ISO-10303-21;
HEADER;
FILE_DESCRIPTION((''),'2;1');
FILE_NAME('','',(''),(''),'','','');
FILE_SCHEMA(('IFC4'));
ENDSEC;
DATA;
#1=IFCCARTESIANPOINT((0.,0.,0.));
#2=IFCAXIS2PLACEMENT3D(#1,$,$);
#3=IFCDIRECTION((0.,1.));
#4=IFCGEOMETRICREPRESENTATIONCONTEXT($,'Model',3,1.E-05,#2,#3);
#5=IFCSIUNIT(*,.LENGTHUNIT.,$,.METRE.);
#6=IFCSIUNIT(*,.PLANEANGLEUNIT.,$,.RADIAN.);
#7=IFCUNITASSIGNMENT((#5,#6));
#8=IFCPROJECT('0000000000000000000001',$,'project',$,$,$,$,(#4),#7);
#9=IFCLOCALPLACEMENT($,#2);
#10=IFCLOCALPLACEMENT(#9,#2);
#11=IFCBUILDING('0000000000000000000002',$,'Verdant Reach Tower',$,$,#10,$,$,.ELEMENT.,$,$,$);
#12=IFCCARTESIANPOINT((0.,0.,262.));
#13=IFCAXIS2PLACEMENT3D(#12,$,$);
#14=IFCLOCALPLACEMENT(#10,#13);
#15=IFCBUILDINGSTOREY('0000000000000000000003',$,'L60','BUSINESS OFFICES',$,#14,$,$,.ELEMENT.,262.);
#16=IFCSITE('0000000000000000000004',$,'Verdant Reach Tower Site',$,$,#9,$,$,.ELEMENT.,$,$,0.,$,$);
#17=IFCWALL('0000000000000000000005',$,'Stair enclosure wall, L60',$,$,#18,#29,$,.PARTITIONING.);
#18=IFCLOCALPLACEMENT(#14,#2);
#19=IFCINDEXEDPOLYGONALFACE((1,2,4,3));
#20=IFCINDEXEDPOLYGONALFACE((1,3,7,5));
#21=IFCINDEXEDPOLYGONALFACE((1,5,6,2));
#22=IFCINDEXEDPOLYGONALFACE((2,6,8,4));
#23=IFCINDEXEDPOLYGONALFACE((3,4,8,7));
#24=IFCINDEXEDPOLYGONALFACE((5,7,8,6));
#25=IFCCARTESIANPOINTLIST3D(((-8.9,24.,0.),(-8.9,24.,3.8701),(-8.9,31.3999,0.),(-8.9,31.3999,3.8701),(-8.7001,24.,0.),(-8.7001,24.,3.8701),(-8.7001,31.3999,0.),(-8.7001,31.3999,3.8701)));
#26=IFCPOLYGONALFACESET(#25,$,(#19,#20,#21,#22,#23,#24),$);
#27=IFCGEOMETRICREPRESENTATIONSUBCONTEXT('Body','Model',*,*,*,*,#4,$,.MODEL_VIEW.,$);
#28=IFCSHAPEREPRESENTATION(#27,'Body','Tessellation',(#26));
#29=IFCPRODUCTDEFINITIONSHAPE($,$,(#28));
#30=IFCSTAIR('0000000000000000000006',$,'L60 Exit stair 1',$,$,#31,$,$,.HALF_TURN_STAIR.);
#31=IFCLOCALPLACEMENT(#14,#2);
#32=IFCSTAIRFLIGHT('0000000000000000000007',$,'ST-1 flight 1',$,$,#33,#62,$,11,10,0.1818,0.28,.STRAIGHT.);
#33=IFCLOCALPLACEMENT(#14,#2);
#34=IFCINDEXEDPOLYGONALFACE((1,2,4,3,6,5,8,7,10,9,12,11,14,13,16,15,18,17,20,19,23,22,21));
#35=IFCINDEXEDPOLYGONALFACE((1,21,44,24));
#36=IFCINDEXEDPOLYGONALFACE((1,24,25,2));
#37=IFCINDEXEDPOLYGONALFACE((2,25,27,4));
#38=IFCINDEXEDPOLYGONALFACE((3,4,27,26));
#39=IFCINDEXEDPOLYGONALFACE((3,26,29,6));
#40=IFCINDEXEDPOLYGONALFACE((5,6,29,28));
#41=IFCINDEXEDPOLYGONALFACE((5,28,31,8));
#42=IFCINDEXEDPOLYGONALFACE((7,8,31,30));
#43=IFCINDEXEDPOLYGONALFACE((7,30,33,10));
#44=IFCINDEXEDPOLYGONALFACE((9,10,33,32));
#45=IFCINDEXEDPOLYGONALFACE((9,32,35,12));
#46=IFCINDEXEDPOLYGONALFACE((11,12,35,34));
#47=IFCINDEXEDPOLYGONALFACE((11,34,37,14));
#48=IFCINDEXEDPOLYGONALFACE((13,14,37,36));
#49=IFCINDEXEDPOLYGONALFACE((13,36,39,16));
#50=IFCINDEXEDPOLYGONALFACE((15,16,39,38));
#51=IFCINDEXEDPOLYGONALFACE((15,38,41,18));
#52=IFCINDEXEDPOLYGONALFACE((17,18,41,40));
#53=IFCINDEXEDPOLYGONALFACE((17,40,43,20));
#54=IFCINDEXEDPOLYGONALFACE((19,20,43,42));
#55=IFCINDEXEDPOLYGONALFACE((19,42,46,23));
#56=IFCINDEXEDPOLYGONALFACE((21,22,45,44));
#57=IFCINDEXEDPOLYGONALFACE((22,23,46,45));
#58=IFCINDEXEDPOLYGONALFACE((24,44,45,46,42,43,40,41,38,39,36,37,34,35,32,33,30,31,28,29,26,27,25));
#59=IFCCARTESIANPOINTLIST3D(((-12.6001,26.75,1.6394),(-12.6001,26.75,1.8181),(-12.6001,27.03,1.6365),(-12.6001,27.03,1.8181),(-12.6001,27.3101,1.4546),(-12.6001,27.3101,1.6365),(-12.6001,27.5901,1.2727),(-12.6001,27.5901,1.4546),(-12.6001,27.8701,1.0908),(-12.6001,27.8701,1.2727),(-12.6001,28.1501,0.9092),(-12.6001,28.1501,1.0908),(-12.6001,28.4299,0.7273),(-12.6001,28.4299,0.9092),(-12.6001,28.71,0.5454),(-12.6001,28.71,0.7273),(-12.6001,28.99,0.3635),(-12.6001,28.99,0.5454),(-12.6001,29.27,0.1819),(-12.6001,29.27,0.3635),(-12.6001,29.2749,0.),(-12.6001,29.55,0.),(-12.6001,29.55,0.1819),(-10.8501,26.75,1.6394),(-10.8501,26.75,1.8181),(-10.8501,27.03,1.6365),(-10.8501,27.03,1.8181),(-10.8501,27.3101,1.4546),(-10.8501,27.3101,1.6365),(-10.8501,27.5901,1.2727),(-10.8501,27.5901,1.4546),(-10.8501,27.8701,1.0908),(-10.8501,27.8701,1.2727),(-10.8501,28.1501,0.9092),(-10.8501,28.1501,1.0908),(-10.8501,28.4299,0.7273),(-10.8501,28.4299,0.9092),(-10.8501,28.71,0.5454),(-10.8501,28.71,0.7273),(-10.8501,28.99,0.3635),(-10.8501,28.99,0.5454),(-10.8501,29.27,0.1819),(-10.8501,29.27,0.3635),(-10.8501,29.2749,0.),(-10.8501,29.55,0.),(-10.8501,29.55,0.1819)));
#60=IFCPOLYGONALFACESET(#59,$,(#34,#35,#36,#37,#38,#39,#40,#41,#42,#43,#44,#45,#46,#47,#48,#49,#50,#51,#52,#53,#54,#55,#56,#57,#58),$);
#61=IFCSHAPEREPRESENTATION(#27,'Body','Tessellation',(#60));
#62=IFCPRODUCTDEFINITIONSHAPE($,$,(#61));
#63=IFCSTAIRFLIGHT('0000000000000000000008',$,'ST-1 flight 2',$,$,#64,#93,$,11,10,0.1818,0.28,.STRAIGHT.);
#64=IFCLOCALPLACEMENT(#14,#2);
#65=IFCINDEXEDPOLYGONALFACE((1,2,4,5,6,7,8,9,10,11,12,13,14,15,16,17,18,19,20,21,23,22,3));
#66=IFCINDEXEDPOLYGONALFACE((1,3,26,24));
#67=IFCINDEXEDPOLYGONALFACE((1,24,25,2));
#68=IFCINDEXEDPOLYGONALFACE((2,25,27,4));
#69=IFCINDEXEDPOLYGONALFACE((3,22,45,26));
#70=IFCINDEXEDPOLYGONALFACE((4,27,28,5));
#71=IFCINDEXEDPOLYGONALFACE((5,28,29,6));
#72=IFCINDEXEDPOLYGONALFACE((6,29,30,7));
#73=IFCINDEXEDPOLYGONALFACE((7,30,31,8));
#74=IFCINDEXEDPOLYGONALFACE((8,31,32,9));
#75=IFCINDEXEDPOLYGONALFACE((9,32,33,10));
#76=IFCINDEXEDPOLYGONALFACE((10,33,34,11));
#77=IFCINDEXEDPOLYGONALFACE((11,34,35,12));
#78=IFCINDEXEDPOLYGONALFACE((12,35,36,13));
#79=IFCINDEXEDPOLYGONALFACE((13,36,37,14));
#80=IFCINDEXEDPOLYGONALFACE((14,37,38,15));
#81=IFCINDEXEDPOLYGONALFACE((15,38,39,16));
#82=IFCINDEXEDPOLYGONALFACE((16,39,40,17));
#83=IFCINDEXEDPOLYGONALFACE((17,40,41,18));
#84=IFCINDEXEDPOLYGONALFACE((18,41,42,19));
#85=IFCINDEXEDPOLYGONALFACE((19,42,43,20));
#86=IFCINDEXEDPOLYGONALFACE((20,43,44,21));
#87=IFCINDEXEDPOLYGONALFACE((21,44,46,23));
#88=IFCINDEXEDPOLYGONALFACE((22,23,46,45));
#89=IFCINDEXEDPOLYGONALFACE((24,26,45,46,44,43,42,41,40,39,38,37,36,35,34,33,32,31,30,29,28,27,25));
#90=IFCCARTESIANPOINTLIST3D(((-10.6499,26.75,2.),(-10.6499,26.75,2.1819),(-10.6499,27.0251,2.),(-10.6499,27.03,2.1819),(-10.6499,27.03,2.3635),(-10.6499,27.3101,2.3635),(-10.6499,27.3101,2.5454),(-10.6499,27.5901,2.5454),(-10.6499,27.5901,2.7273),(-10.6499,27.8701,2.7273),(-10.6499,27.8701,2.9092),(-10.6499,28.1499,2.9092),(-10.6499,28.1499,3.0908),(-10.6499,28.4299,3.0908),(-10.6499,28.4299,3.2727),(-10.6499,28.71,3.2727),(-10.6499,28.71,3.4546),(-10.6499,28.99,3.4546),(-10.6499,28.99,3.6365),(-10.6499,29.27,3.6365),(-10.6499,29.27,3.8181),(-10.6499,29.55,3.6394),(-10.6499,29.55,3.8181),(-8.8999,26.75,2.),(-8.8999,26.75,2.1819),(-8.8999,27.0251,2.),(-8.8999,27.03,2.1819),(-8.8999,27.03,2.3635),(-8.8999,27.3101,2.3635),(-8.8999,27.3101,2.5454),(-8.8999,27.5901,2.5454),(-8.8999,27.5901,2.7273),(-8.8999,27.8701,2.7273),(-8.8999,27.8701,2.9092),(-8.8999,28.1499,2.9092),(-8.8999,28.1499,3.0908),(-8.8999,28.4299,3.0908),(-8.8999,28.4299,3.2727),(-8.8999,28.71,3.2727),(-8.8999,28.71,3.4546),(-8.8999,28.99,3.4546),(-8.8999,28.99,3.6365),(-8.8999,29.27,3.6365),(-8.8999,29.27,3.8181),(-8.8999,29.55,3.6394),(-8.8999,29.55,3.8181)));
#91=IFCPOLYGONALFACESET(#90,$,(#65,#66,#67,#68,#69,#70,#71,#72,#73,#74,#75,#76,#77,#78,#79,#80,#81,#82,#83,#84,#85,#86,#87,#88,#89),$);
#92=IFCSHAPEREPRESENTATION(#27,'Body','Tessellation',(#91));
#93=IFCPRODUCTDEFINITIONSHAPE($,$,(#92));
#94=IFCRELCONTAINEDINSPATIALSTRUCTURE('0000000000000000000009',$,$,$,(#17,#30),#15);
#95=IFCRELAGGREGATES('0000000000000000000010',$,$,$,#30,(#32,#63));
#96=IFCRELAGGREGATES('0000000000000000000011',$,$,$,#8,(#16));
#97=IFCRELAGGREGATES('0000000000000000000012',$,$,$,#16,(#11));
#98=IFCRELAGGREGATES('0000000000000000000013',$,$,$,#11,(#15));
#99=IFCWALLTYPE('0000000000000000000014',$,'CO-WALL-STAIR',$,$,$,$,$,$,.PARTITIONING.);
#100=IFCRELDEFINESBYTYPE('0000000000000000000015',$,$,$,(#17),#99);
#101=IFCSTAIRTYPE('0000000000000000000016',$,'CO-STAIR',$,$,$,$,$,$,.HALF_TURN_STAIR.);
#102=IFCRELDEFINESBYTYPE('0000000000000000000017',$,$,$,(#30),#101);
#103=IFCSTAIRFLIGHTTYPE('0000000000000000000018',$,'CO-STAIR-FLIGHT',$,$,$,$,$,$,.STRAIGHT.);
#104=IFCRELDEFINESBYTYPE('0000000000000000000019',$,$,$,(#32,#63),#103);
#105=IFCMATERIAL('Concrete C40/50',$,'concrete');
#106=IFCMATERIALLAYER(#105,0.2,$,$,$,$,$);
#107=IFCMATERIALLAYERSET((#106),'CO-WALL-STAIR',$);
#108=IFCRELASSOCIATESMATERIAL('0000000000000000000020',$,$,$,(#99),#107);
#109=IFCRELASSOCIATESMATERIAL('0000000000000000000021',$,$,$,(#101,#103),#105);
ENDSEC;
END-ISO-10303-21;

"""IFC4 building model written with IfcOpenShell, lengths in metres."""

from ifc_helpers import new_model, si_unit, direction, frame, frame_2d, origin, place, context, subcontext, project, spatial, polyline, rectangle, outline, extrude, material, layer, layer_set, type_object, element, aggregate, save


model = new_model("IFC4")

# Units and contexts
model_context = context("Model", 3, precision=1e-05, world=origin(), true_north=direction((0.0, 1.0)))
body_context = subcontext(model_context, "Body", "Model", "MODEL_VIEW")
ifc_project = project(units=[si_unit("LENGTHUNIT", "METRE"), si_unit("PLANEANGLEUNIT", "RADIAN")], contexts=[model_context])

# Site, building, storey
site_placement = place(None, origin())
site = spatial("IfcSite", under=ifc_project, at=site_placement, Name="Verdant Reach Tower Site", CompositionType="ELEMENT", RefElevation=0.0)
building_placement = place(site_placement, origin())
building = spatial("IfcBuilding", under=site, at=building_placement, Name="Verdant Reach Tower", CompositionType="ELEMENT")
storey_placement = place(building_placement, frame((0.0, 0.0, 262.0)))
storey = spatial("IfcBuildingStorey", under=building, at=storey_placement, Name="L60", Description="BUSINESS OFFICES", CompositionType="ELEMENT", Elevation=262.0)

# Shared definitions
ifc_material_1 = material(Name="Concrete C40/50", Category="concrete")

# Shared definitions
ifc_layer_1 = layer(ifc_material_1, 0.2)
ifc_layer_set_1 = layer_set([ifc_layer_1], Name="CO-WALL-STAIR")
wall_type_1 = type_object("IfcWallType", Name="CO-WALL-STAIR", PredefinedType="PARTITIONING", material=ifc_layer_set_1)

# Wall
wall_1_placement = place(storey_placement, frame((-8.8, 24.0, 0.0), z_axis=(0.0, 0.0, 1.0), x_axis=(0.0, 1.0, 0.0)))
element("IfcWall", 1, at=wall_1_placement, inside=storey, type_object=wall_type_1, Name="Stair enclosure wall, L60", PredefinedType="PARTITIONING", context=body_context, shape_type="SweptSolid", body=[
    extrude(rectangle(XDim=7.3999, YDim=0.2, at=frame_2d((3.7, 0.0))), origin(), (0.0, 0.0, 1.0), 3.8701),
])

# Stair, stair flights
stair_type = type_object("IfcStairType", Name="CO-STAIR", PredefinedType="HALF_TURN_STAIR", material=ifc_material_1)
stair_placement = place(storey_placement, origin())
stair = element("IfcStair", 2, at=stair_placement, inside=storey, type_object=stair_type, Name="L60 Exit stair 1", PredefinedType="HALF_TURN_STAIR")
stair_flight_type = type_object("IfcStairFlightType", Name="CO-STAIR-FLIGHT", PredefinedType="STRAIGHT", material=ifc_material_1)
stair_flight_1_placement = place(storey_placement, frame((-11.7251, 29.55, 0.0), z_axis=(0.0, 0.0, 1.0), x_axis=(0.0, -1.0, 0.0)))
stair_flight_1 = element("IfcStairFlight", 3, at=stair_flight_1_placement, type_object=stair_flight_type, Name="ST-1 flight 1", NumberOfRisers=11, NumberOfTreads=10, PredefinedType="STRAIGHT", RiserHeight=0.1818, TreadLength=0.28, context=body_context, shape_type="SweptSolid", body=[
    extrude(outline(polyline([(0.0, 0.0), (0.0, 0.1819), (0.28, 0.1819), (0.28, 0.3635), (0.5601, 0.3635), (0.5601, 0.5454), (0.8401, 0.5454), (0.8401, 0.7273), (1.1201, 0.7273), (1.1201, 0.9092), (1.3999, 0.9092), (1.3999, 1.0908), (1.6799, 1.0908), (1.6799, 1.2727), (1.96, 1.2727), (1.96, 1.4546), (2.24, 1.4546), (2.24, 1.6365), (2.52, 1.6365), (2.52, 1.8181), (2.8, 1.8181), (2.8, 2.0), (2.8, 1.6394), (0.2751, 0.0), (0.0, 0.0)])), frame((0.0, 0.875, 0.0), z_axis=(0.0, -1.0, 0.0), x_axis=(1.0, 0.0, 0.0)), (0.0, 0.0, 1.0), 1.75),
])
stair_flight_2_placement = place(storey_placement, frame((-9.7749, 26.75, 2.0), z_axis=(0.0, 0.0, 1.0), x_axis=(0.0, 1.0, 0.0)))
stair_flight_2 = element("IfcStairFlight", 4, at=stair_flight_2_placement, type_object=stair_flight_type, Name="ST-1 flight 2", NumberOfRisers=11, NumberOfTreads=10, PredefinedType="STRAIGHT", RiserHeight=0.1818, TreadLength=0.28, context=body_context, shape_type="SweptSolid", body=[
    extrude(outline(polyline([(0.0, 0.0), (0.0, 0.1819), (0.28, 0.1819), (0.28, 0.3635), (0.5601, 0.3635), (0.5601, 0.5454), (0.8401, 0.5454), (0.8401, 0.7273), (1.1201, 0.7273), (1.1201, 0.9092), (1.3999, 0.9092), (1.3999, 1.0908), (1.6799, 1.0908), (1.6799, 1.2727), (1.96, 1.2727), (1.96, 1.4546), (2.24, 1.4546), (2.24, 1.6365), (2.52, 1.6365), (2.52, 1.8181), (2.8, 1.8181), (2.8, 2.0), (2.8, 1.6394), (0.2751, 0.0), (0.0, 0.0)])), frame((0.0, 0.875, 0.0), z_axis=(0.0, -1.0, 0.0), x_axis=(1.0, 0.0, 0.0)), (0.0, 0.0, 1.0), 1.75),
])
aggregate(stair, [stair_flight_1, stair_flight_2])

save(model, "model.ifc")
